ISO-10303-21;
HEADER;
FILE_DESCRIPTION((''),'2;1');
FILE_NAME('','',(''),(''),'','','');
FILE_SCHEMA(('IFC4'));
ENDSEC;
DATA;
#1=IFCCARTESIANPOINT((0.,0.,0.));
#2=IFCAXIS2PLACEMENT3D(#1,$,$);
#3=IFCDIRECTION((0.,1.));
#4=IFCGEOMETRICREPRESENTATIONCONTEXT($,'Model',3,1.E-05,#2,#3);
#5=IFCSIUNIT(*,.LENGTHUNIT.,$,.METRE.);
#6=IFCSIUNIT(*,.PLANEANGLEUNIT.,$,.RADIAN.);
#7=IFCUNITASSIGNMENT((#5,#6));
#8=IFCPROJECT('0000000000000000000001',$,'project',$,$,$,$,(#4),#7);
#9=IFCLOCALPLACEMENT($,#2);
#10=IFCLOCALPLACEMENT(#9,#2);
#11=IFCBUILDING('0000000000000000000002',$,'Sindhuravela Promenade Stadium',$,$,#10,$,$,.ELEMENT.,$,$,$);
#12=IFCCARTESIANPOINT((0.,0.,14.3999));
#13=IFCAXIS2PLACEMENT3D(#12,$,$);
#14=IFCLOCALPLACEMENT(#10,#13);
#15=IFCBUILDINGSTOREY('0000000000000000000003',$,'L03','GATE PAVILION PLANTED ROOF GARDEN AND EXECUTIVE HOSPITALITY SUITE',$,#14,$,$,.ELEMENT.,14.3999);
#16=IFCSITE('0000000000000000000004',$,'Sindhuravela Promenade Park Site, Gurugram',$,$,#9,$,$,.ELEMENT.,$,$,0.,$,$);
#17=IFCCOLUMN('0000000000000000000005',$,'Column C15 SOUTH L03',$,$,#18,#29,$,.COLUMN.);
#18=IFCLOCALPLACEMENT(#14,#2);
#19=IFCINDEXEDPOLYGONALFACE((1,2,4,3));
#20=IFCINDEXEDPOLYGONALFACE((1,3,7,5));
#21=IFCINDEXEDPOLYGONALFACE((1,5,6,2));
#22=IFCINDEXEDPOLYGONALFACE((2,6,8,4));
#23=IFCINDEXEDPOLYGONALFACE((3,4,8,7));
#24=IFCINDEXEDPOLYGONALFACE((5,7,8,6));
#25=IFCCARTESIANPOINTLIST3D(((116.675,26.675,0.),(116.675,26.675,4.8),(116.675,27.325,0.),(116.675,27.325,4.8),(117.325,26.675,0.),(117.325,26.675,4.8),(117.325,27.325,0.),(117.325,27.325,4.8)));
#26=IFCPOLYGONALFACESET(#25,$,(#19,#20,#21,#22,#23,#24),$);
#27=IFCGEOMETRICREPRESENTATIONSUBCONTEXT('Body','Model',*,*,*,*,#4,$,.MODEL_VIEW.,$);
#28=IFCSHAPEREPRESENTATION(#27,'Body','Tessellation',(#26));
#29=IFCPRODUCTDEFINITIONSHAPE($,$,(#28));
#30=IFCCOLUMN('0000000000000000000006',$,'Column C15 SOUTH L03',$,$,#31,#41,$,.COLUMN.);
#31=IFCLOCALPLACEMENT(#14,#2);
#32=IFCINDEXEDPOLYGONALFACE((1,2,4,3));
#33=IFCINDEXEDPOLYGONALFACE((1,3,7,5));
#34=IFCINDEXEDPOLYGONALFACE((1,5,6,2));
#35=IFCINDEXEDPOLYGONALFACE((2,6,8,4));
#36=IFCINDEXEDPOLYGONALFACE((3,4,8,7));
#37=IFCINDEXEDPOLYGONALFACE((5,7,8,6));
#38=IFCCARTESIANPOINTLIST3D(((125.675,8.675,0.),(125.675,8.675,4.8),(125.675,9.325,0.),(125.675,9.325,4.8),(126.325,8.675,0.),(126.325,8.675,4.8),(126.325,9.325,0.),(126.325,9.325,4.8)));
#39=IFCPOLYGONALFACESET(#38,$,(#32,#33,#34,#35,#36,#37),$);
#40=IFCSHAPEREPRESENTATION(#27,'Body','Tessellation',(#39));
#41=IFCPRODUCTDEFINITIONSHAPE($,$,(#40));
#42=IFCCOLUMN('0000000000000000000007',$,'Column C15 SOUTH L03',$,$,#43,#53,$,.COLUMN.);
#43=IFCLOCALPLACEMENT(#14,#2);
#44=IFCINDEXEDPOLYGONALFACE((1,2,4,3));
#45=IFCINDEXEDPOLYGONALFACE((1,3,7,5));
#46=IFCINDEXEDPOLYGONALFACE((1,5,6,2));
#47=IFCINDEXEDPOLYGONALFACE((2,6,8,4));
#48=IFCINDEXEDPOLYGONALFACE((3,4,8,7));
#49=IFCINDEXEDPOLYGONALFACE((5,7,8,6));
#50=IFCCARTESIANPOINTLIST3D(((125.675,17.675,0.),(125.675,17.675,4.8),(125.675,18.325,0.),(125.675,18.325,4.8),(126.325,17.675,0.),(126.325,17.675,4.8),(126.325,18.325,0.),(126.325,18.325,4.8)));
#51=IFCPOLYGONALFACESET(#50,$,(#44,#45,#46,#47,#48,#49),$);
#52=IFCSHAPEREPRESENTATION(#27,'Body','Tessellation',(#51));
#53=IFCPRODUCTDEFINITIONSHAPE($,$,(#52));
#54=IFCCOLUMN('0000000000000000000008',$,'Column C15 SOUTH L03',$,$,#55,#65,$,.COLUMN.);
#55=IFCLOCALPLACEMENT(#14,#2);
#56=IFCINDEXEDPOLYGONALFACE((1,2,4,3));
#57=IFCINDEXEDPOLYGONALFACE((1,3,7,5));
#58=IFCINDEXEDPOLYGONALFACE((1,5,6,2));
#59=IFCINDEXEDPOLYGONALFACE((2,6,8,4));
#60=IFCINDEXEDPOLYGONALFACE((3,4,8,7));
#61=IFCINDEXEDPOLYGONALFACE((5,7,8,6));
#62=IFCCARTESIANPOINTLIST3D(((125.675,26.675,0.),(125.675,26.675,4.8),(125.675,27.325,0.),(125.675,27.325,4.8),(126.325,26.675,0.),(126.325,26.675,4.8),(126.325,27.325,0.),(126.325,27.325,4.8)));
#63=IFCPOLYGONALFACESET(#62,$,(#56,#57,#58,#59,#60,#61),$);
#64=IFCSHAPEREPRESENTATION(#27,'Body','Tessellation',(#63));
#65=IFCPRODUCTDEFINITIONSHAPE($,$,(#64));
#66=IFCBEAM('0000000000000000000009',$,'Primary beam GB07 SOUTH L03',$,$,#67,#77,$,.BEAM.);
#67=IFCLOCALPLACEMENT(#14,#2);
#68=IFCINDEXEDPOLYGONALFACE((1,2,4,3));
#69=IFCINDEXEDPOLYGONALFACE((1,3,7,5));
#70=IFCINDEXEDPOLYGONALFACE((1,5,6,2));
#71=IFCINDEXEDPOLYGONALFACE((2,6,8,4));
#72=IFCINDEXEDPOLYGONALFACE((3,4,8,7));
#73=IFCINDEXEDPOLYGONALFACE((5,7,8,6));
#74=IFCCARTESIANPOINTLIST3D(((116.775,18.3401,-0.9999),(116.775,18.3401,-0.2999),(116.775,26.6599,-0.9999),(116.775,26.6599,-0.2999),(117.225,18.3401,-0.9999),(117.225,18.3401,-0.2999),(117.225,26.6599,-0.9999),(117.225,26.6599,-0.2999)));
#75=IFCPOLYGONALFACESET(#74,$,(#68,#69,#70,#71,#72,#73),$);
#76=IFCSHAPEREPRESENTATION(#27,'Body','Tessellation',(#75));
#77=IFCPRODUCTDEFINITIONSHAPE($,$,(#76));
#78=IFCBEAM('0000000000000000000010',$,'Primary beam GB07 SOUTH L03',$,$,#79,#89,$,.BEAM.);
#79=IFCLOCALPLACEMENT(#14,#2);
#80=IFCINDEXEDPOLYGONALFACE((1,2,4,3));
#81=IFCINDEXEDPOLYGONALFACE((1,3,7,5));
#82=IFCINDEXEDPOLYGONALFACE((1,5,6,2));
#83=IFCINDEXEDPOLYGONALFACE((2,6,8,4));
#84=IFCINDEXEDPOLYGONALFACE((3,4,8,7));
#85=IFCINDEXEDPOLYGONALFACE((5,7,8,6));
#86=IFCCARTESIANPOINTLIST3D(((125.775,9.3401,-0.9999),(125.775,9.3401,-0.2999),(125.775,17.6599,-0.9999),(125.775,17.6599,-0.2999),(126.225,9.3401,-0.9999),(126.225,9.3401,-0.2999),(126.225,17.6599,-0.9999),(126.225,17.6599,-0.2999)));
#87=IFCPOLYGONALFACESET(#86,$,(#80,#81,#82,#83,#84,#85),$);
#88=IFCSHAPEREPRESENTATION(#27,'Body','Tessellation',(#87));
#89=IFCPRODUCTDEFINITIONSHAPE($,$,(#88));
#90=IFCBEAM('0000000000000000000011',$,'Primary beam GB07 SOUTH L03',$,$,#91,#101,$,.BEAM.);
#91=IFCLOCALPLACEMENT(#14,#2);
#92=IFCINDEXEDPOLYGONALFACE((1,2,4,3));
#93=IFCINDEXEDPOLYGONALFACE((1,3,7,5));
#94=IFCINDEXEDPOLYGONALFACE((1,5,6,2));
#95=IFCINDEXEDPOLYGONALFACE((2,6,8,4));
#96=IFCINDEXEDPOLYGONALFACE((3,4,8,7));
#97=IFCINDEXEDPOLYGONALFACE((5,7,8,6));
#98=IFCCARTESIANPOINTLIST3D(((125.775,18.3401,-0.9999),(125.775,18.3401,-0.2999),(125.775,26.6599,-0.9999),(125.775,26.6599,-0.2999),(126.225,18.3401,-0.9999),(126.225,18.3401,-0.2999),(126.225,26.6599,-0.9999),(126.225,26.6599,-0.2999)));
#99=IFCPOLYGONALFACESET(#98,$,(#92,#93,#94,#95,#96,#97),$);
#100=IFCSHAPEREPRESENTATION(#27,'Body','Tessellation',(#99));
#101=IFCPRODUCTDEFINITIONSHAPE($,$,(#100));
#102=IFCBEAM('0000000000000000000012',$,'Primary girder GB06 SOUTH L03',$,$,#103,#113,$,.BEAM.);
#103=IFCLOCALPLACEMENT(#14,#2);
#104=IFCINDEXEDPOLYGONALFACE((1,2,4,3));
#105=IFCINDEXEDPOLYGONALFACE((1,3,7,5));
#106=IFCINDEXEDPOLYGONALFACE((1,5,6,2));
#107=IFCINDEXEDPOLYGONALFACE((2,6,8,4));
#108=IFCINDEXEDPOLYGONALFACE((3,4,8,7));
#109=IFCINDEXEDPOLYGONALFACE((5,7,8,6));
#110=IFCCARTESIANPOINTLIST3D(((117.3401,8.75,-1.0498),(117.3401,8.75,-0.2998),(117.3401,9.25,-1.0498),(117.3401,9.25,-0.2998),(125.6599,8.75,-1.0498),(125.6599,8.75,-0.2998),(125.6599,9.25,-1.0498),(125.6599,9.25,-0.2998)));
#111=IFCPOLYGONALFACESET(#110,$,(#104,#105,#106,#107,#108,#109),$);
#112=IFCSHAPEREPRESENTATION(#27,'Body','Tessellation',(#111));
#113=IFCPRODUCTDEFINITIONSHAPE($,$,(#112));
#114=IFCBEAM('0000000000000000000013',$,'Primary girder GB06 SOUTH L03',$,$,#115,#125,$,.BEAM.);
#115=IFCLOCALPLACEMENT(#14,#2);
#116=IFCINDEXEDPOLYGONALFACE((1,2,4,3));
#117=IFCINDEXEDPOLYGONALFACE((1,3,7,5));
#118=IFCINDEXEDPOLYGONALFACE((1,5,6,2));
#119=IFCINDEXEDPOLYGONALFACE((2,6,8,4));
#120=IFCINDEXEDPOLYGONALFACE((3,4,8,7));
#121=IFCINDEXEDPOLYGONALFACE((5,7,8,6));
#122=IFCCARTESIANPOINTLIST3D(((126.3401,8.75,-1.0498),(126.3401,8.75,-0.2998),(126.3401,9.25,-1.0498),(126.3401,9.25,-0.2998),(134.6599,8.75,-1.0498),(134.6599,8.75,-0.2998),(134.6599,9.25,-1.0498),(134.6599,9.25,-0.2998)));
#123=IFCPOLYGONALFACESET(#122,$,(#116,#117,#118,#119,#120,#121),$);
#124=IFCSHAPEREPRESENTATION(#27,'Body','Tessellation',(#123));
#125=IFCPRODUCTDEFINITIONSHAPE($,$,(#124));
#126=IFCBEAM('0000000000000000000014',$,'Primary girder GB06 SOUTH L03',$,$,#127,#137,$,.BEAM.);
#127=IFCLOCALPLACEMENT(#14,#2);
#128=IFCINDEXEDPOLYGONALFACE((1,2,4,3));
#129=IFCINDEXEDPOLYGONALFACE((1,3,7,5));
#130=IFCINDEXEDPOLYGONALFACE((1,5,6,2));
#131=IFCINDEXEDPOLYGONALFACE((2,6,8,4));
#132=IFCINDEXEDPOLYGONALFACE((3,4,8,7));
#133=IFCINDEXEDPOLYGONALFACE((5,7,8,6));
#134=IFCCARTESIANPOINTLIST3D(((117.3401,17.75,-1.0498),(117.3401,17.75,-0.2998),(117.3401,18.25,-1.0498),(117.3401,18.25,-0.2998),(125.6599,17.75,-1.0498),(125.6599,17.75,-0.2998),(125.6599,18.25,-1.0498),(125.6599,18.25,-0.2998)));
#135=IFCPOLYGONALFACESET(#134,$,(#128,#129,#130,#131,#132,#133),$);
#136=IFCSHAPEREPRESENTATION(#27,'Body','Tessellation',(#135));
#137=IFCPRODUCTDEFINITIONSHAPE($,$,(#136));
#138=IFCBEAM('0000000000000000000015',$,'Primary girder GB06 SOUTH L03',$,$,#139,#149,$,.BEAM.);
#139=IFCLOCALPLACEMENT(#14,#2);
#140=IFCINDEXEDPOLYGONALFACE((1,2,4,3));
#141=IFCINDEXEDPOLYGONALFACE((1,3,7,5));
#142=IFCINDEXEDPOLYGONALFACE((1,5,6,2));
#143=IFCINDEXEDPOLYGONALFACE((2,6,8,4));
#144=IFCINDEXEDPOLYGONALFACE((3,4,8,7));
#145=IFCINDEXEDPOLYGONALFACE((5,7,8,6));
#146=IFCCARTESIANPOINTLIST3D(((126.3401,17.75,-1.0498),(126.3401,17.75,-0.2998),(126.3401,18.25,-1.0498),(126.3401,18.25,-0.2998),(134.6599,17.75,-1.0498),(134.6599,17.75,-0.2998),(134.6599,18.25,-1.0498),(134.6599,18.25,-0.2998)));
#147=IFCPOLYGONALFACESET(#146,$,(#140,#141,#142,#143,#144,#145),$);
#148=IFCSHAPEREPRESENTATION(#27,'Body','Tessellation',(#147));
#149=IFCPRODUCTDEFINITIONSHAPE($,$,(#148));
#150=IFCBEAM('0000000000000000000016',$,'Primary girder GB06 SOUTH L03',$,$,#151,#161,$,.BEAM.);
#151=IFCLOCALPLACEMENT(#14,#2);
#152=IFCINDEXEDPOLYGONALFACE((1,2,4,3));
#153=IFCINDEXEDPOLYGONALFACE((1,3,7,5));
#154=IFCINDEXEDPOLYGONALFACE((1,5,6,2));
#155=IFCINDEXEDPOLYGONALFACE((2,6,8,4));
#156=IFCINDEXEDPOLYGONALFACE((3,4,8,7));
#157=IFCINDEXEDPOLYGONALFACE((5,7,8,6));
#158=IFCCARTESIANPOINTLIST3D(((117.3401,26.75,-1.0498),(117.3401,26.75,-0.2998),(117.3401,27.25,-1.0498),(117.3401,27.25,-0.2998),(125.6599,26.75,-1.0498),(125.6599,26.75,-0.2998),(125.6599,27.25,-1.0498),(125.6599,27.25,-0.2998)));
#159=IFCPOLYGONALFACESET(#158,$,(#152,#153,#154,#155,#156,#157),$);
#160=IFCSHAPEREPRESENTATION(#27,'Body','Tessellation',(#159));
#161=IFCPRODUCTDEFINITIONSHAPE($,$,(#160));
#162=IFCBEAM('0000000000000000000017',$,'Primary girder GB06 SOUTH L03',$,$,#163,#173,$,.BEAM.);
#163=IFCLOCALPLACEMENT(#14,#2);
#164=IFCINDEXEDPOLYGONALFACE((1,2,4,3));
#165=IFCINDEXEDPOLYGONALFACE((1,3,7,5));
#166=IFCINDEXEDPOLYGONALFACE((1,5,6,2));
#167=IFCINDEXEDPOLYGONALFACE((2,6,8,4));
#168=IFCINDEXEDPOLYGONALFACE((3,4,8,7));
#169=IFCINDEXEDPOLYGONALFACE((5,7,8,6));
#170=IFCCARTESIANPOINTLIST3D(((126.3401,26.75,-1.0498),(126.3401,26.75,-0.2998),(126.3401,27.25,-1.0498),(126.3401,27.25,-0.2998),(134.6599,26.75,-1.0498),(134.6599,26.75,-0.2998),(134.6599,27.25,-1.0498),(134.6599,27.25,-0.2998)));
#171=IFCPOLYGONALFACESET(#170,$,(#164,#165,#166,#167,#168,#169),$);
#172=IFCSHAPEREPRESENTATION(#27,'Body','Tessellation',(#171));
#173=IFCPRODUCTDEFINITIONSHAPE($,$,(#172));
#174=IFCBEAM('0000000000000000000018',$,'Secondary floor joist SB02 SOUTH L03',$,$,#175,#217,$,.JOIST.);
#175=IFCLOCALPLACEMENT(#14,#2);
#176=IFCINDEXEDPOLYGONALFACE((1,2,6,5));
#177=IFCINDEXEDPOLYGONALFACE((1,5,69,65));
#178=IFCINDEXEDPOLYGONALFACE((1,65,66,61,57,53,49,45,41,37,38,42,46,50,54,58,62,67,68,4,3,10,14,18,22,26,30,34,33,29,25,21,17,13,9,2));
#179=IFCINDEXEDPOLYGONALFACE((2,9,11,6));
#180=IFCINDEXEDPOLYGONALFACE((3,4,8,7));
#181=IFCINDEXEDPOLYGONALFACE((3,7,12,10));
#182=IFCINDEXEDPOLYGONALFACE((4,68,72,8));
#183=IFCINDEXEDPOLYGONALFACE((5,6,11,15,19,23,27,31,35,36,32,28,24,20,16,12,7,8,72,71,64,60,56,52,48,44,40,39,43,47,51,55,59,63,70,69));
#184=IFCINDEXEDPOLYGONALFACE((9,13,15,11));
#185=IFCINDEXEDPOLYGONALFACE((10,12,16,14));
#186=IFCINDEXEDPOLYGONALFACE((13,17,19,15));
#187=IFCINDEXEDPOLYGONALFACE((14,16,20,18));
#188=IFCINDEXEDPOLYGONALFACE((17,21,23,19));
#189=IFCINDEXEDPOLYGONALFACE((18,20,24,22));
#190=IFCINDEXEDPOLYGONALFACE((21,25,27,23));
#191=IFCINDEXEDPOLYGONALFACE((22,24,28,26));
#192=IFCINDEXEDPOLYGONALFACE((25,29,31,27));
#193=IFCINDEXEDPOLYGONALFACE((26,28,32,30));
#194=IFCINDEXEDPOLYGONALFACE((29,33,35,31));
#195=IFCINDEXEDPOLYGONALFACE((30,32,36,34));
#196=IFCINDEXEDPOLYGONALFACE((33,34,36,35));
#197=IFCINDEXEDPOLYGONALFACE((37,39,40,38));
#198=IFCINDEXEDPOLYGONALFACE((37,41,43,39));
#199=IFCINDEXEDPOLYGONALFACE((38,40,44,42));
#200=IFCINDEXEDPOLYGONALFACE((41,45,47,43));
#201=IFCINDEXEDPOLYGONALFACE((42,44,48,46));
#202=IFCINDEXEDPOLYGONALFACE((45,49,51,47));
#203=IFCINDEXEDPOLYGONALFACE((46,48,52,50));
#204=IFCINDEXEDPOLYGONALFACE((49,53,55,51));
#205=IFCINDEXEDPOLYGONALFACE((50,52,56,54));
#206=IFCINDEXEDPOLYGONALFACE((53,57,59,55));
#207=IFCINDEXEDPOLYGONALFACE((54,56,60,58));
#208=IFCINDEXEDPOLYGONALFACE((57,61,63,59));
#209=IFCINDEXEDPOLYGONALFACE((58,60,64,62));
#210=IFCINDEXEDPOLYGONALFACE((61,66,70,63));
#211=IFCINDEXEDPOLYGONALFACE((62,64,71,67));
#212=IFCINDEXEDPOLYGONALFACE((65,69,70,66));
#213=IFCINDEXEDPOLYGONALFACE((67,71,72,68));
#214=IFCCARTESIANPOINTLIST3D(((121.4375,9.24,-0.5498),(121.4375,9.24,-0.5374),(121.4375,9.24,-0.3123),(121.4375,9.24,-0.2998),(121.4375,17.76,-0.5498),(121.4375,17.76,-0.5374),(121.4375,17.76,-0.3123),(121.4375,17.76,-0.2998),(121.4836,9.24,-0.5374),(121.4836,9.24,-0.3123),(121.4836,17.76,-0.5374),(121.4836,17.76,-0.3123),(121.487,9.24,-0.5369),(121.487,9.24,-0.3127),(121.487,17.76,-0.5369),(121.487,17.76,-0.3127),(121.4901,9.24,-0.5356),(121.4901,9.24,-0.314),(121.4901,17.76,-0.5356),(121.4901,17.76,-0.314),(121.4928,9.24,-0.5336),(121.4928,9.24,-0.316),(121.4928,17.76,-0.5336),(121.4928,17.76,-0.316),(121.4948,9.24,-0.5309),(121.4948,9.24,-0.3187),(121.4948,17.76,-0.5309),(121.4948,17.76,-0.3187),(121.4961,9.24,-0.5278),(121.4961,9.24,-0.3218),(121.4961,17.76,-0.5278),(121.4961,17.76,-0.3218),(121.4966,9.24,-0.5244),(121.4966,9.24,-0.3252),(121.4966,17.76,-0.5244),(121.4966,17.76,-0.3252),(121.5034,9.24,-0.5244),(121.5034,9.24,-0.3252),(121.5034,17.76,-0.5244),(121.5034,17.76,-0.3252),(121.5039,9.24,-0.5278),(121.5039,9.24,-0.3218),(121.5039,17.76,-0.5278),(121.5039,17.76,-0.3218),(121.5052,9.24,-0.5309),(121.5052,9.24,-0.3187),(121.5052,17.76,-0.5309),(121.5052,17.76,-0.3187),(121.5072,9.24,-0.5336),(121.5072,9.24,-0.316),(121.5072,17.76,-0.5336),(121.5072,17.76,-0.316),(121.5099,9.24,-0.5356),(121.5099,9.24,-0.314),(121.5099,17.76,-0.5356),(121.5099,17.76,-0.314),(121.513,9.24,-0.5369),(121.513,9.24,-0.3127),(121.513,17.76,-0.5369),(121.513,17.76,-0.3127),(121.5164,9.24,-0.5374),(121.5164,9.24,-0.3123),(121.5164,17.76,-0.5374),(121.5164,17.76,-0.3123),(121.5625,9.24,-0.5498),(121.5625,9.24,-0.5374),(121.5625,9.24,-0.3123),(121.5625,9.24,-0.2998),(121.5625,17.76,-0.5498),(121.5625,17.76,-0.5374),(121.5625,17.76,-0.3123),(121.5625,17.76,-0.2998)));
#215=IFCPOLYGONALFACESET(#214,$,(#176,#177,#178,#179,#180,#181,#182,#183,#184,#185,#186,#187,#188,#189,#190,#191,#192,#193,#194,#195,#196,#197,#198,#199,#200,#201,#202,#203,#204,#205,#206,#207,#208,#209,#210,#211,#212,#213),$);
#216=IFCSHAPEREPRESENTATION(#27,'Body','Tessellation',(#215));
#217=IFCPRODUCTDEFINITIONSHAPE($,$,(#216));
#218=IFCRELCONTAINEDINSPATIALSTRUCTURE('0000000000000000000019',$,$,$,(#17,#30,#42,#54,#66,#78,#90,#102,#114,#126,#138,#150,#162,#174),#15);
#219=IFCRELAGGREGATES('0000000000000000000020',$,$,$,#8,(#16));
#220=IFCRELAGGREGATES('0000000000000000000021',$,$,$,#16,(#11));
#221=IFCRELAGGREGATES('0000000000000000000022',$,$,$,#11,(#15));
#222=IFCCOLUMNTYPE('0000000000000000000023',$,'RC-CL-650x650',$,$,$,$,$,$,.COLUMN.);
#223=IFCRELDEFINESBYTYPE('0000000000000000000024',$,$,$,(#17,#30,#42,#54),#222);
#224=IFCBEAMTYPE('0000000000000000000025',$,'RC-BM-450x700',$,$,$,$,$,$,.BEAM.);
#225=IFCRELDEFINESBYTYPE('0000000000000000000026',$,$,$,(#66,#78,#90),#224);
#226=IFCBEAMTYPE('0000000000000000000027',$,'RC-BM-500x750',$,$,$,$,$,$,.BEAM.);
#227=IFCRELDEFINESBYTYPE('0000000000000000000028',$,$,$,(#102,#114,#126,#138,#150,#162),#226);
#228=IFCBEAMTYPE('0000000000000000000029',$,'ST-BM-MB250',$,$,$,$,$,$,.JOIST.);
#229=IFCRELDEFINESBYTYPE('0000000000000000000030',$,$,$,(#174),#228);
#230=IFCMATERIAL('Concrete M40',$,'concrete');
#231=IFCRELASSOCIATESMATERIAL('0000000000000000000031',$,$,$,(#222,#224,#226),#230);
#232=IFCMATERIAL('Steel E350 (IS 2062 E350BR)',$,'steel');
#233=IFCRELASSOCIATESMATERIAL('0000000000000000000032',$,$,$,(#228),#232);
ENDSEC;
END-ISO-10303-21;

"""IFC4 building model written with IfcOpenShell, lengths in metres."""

from ifc_helpers import new_model, si_unit, direction, frame, origin, origin_2d, place, context, subcontext, project, spatial, rectangle, i_section, extrude, material, material_profile, profile_set, type_object, element, save


model = new_model("IFC4")

# Units and contexts
model_context = context("Model", 3, precision=1e-05, world=origin(), true_north=direction((0.0, 1.0)))
body_context = subcontext(model_context, "Body", "Model", "MODEL_VIEW")
ifc_project = project(units=[si_unit("LENGTHUNIT", "METRE"), si_unit("PLANEANGLEUNIT", "RADIAN")], contexts=[model_context])

# Site, building, storey
site_placement = place(None, origin())
site = spatial("IfcSite", under=ifc_project, at=site_placement, Name="Sindhuravela Promenade Park Site, Gurugram", CompositionType="ELEMENT", RefElevation=0.0)
building_placement = place(site_placement, origin())
building = spatial("IfcBuilding", under=site, at=building_placement, Name="Sindhuravela Promenade Stadium", CompositionType="ELEMENT")
storey_placement = place(building_placement, frame((0.0, 0.0, 14.3999)))
storey = spatial("IfcBuildingStorey", under=building, at=storey_placement, Name="L03", Description="GATE PAVILION PLANTED ROOF GARDEN AND EXECUTIVE HOSPITALITY SUITE", CompositionType="ELEMENT", Elevation=14.3999)

# Columns
ifc_material_1 = material(Name="Concrete M40", Category="concrete")
ifc_material_profile_1 = material_profile(ifc_material_1, rectangle(XDim=0.6499, YDim=0.6499, at=origin_2d()), Name="RC 650x650")
ifc_profile_set_1 = profile_set([ifc_material_profile_1], Name="Concrete M40")
column_type = type_object("IfcColumnType", Name="RC-CL-650x650", PredefinedType="COLUMN", material=ifc_profile_set_1)
for number, where, z_axis, x_axis, name in (
    (1, (117.0, 27.0, 0.0), (0.0, 0.0, 1.0), (1.0, 0.0, 0.0), "Column C15 SOUTH L03"),
    (2, (126.0, 9.0, 0.0), (0.0, 0.0, 1.0), (1.0, 0.0, 0.0), "Column C15 SOUTH L03"),
    (3, (126.0, 18.0, 0.0), (0.0, 0.0, 1.0), (1.0, 0.0, 0.0), "Column C15 SOUTH L03"),
    (4, (126.0, 27.0, 0.0), (0.0, 0.0, 1.0), (1.0, 0.0, 0.0), "Column C15 SOUTH L03"),
):
    element("IfcColumn", number, at=place(storey_placement, frame(where, z_axis=z_axis, x_axis=x_axis)), inside=storey, type_object=column_type, Name=name, PredefinedType="COLUMN", context=body_context, shape_type="SweptSolid", body=[
        extrude(rectangle(XDim=0.6499, YDim=0.6499, at=origin_2d()), origin(), (0.0, 0.0, 1.0), 4.8),
    ])

# Beams
ifc_material_profile_2 = material_profile(ifc_material_1, rectangle(XDim=0.45, YDim=0.7, at=origin_2d()), Name="RC 450x700")
ifc_profile_set_2 = profile_set([ifc_material_profile_2], Name="Concrete M40")
beam_type_1 = type_object("IfcBeamType", Name="RC-BM-450x700", PredefinedType="BEAM", material=ifc_profile_set_2)
for number, where, z_axis, x_axis, name in (
    (5, (117.0, 18.3401, -0.6499), (0.0, 1.0, 0.0), (-1.0, 0.0, 0.0), "Primary beam GB07 SOUTH L03"),
    (6, (126.0, 9.3401, -0.6499), (0.0, 1.0, 0.0), (-1.0, 0.0, 0.0), "Primary beam GB07 SOUTH L03"),
    (7, (126.0, 18.3401, -0.6499), (0.0, 1.0, 0.0), (-1.0, 0.0, 0.0), "Primary beam GB07 SOUTH L03"),
):
    element("IfcBeam", number, at=place(storey_placement, frame(where, z_axis=z_axis, x_axis=x_axis)), inside=storey, type_object=beam_type_1, Name=name, PredefinedType="BEAM", context=body_context, shape_type="SweptSolid", body=[
        extrude(rectangle(XDim=0.45, YDim=0.7, at=origin_2d()), origin(), (0.0, 0.0, 1.0), 8.3198),
    ])
ifc_material_profile_3 = material_profile(ifc_material_1, rectangle(XDim=0.5, YDim=0.75, at=origin_2d()), Name="RC 500x750")
ifc_profile_set_3 = profile_set([ifc_material_profile_3], Name="Concrete M40")
beam_type_2 = type_object("IfcBeamType", Name="RC-BM-500x750", PredefinedType="BEAM", material=ifc_profile_set_3)
for number, where, z_axis, x_axis, name in (
    (8, (117.3401, 9.0, -0.6748), (1.0, 0.0, 0.0), (0.0, 1.0, 0.0), "Primary girder GB06 SOUTH L03"),
    (9, (126.3401, 9.0, -0.6748), (1.0, 0.0, 0.0), (0.0, 1.0, 0.0), "Primary girder GB06 SOUTH L03"),
    (10, (117.3401, 18.0, -0.6748), (1.0, 0.0, 0.0), (0.0, 1.0, 0.0), "Primary girder GB06 SOUTH L03"),
    (11, (126.3401, 18.0, -0.6748), (1.0, 0.0, 0.0), (0.0, 1.0, 0.0), "Primary girder GB06 SOUTH L03"),
    (12, (117.3401, 27.0, -0.6748), (1.0, 0.0, 0.0), (0.0, 1.0, 0.0), "Primary girder GB06 SOUTH L03"),
    (13, (126.3401, 27.0, -0.6748), (1.0, 0.0, 0.0), (0.0, 1.0, 0.0), "Primary girder GB06 SOUTH L03"),
):
    element("IfcBeam", number, at=place(storey_placement, frame(where, z_axis=z_axis, x_axis=x_axis)), inside=storey, type_object=beam_type_2, Name=name, PredefinedType="BEAM", context=body_context, shape_type="SweptSolid", body=[
        extrude(rectangle(XDim=0.5, YDim=0.75, at=origin_2d()), origin(), (0.0, 0.0, 1.0), 8.3198),
    ])
ifc_material_2 = material(Name="Steel E350 (IS 2062 E350BR)", Category="steel")
ifc_material_profile_4 = material_profile(ifc_material_2, i_section(OverallWidth=0.125, OverallDepth=0.25, WebThickness=0.0068, FlangeThickness=0.0125, FilletRadius=0.0129, at=origin_2d()), Name="ISMB 250")
ifc_profile_set_4 = profile_set([ifc_material_profile_4], Name="Steel E350 (IS 2062 E350BR)")
beam_type_3 = type_object("IfcBeamType", Name="ST-BM-MB250", PredefinedType="JOIST", material=ifc_profile_set_4)
beam_1_placement = place(storey_placement, frame((121.5, 9.24, -0.4248), z_axis=(0.0, 1.0, 0.0), x_axis=(-1.0, 0.0, 0.0)))
element("IfcBeam", 14, at=beam_1_placement, inside=storey, type_object=beam_type_3, Name="Secondary floor joist SB02 SOUTH L03", PredefinedType="JOIST", context=body_context, shape_type="SweptSolid", body=[
    extrude(i_section(OverallWidth=0.125, OverallDepth=0.25, WebThickness=0.0068, FlangeThickness=0.0125, FilletRadius=0.0129, at=origin_2d()), origin(), (0.0, 0.0, 1.0), 8.52),
])

save(model, "model.ifc")
